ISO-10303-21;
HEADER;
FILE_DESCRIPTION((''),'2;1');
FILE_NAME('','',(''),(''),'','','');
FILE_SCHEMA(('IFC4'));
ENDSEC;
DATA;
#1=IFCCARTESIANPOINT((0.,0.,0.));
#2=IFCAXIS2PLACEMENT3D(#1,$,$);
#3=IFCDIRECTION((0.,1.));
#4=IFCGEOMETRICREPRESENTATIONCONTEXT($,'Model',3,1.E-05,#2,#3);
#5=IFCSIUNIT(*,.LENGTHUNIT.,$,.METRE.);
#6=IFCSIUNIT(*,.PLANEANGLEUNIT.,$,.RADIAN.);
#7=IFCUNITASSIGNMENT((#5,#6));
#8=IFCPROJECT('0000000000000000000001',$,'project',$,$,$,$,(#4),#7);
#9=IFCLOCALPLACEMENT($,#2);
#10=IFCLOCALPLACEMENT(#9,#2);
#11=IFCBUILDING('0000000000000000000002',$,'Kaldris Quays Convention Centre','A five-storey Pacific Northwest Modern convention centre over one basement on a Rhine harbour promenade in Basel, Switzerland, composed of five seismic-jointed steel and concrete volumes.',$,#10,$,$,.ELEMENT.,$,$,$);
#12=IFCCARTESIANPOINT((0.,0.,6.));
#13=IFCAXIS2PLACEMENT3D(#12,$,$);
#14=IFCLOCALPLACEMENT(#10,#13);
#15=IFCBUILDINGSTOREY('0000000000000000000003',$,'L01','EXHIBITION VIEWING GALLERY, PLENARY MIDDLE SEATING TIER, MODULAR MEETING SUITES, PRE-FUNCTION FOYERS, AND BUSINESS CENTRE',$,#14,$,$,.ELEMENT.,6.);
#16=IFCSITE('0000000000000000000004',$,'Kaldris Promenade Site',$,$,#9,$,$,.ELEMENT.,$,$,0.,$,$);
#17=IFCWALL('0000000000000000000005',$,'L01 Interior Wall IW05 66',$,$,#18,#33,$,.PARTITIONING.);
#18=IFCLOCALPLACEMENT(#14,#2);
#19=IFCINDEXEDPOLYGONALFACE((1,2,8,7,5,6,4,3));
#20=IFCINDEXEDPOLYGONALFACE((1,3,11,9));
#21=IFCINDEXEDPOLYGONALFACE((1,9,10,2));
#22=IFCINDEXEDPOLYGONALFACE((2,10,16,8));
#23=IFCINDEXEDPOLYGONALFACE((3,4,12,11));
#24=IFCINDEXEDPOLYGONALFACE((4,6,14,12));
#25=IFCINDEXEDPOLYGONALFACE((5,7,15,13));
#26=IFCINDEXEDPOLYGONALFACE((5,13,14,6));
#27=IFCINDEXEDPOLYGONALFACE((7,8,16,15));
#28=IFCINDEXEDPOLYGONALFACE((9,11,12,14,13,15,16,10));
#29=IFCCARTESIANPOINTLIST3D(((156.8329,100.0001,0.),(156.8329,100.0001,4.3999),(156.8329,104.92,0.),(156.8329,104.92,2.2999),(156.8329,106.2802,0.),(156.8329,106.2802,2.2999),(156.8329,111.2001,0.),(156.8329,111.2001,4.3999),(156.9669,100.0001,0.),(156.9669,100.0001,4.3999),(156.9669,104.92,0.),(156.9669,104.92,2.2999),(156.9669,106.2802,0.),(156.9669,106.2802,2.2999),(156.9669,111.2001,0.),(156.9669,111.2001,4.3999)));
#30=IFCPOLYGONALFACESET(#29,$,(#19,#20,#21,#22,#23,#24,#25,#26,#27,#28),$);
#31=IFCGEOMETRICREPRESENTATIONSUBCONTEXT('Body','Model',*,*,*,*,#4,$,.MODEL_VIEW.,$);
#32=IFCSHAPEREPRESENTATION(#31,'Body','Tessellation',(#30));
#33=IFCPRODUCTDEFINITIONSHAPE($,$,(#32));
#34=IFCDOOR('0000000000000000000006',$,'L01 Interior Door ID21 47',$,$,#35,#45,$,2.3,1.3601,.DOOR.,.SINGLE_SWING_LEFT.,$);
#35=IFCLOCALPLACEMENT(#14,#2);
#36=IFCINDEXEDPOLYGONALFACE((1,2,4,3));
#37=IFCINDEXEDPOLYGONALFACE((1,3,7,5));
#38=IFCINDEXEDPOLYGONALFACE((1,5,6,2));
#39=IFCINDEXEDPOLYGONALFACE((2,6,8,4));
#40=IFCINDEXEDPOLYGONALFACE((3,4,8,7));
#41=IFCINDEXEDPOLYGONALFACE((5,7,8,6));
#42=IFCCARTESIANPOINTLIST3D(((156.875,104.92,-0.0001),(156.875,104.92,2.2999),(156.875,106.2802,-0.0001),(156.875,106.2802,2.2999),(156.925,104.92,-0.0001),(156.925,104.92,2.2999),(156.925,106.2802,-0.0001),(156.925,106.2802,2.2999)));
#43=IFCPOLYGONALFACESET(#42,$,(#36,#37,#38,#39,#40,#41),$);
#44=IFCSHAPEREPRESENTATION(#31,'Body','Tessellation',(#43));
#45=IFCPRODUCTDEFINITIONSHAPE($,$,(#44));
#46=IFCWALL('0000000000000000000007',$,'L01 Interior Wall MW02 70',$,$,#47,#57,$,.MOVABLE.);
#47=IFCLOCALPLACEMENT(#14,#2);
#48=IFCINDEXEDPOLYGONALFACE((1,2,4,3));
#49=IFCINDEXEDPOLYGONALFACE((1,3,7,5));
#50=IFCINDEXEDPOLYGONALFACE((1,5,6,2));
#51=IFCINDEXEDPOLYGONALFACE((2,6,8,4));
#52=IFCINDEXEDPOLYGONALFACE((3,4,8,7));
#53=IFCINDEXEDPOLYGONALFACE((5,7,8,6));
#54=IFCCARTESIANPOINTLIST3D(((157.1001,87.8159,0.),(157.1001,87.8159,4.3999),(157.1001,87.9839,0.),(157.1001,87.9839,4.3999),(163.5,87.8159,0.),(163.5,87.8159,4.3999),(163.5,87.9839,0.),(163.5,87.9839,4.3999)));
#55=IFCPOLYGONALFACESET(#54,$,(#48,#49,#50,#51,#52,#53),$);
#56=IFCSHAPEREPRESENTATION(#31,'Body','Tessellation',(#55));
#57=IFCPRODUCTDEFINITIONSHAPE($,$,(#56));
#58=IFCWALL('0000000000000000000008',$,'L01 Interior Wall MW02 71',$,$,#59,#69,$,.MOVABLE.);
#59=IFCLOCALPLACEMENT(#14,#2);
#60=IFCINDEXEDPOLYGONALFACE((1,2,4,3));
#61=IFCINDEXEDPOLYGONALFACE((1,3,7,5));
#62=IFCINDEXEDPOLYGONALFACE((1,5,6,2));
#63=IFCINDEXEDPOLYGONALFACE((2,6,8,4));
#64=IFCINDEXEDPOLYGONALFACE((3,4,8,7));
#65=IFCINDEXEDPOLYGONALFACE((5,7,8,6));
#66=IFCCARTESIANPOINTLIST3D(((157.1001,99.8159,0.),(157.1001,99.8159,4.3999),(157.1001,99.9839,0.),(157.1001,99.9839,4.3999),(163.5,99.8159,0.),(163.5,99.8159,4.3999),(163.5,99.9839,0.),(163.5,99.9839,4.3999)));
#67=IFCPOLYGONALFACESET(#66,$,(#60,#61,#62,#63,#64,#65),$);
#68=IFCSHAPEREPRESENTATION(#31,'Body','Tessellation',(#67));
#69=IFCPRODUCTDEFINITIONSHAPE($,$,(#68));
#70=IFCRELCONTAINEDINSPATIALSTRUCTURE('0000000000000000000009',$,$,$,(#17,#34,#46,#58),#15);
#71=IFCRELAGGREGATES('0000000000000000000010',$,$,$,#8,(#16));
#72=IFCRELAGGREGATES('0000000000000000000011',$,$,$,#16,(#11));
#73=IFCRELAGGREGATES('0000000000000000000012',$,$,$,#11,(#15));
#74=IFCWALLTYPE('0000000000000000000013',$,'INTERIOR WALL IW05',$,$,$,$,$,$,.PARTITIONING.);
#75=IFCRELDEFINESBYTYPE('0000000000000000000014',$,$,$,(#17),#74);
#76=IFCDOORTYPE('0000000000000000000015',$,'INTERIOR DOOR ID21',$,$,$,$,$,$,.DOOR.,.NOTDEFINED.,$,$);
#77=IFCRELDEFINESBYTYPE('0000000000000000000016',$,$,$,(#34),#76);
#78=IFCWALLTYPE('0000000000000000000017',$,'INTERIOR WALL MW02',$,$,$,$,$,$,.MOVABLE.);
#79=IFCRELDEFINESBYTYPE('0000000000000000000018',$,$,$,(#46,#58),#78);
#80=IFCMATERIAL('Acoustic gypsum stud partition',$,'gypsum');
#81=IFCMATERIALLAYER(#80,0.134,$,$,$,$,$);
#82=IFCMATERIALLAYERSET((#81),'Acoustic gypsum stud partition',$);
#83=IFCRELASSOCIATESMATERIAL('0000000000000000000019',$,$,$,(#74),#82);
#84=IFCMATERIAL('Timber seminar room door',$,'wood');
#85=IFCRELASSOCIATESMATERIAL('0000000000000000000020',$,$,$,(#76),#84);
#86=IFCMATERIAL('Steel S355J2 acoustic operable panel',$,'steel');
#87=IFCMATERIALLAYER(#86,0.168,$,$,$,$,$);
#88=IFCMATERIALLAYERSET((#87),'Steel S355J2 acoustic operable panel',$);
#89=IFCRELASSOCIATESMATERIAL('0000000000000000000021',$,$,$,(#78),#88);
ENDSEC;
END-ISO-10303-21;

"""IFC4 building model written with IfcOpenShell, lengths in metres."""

from ifc_helpers import new_model, si_unit, direction, frame, frame_2d, origin, place, context, subcontext, project, spatial, rectangle, extrude, material, layer, layer_set, type_object, element, fill, save


model = new_model("IFC4")

# Units and contexts
model_context = context("Model", 3, precision=1e-05, world=origin(), true_north=direction((0.0, 1.0)))
body_context = subcontext(model_context, "Body", "Model", "MODEL_VIEW")
ifc_project = project(units=[si_unit("LENGTHUNIT", "METRE"), si_unit("PLANEANGLEUNIT", "RADIAN")], contexts=[model_context])

# Site, building, storey
site_placement = place(None, origin())
site = spatial("IfcSite", under=ifc_project, at=site_placement, Name="Kaldris Promenade Site", CompositionType="ELEMENT", RefElevation=0.0)
building_placement = place(site_placement, origin())
building = spatial("IfcBuilding", under=site, at=building_placement, Name="Kaldris Quays Convention Centre", Description="A five-storey Pacific Northwest Modern convention centre over one basement on a Rhine harbour promenade in Basel, Switzerland, composed of five seismic-jointed steel and concrete volumes.", CompositionType="ELEMENT")
storey_placement = place(building_placement, frame((0.0, 0.0, 6.0)))
storey = spatial("IfcBuildingStorey", under=building, at=storey_placement, Name="L01", Description="EXHIBITION VIEWING GALLERY, PLENARY MIDDLE SEATING TIER, MODULAR MEETING SUITES, PRE-FUNCTION FOYERS, AND BUSINESS CENTRE", CompositionType="ELEMENT", Elevation=6.0)

# Wall, opening, door
ifc_material_1 = material(Name="Acoustic gypsum stud partition", Category="gypsum")
ifc_layer_1 = layer(ifc_material_1, 0.134)
ifc_layer_set_1 = layer_set([ifc_layer_1], Name="Acoustic gypsum stud partition")
wall_type_1 = type_object("IfcWallType", Name="INTERIOR WALL IW05", PredefinedType="PARTITIONING", material=ifc_layer_set_1)
wall_1_placement = place(storey_placement, frame((156.8999, 100.0, 0.0), z_axis=(0.0, 0.0, 1.0), x_axis=(0.0, 1.0, 0.0)))
wall_1 = element("IfcWall", 1, at=wall_1_placement, inside=storey, type_object=wall_type_1, Name="L01 Interior Wall IW05 66", PredefinedType="PARTITIONING", context=body_context, shape_type="SweptSolid", body=[
    extrude(rectangle(XDim=11.2, YDim=0.134, at=frame_2d((5.6001, 0.0))), origin(), (0.0, 0.0, 1.0), 4.3999),
])
opening_1_placement = place(wall_1_placement, frame((4.9199, 0.0, 0.0)))
opening_1 = element("IfcOpeningElement", 2, at=opening_1_placement, cuts=wall_1, PredefinedType="OPENING", context=body_context, shape_type="SweptSolid", body=[
    extrude(rectangle(XDim=1.3601, YDim=2.3, at=frame_2d((0.6802, 1.1499))), frame((0.0, 0.0771, 0.0), z_axis=(0.0, -1.0, 0.0), x_axis=(1.0, 0.0, 0.0)), (0.0, 0.0, 1.0), 0.1541),
])
ifc_material_2 = material(Name="Timber seminar room door", Category="wood")
door_type_1 = type_object("IfcDoorType", Name="INTERIOR DOOR ID21", OperationType="NOTDEFINED", PredefinedType="DOOR", material=ifc_material_2)
door_1_placement = place(opening_1_placement, origin())
door_1 = element("IfcDoor", 3, at=door_1_placement, inside=storey, type_object=door_type_1, Name="L01 Interior Door ID21 47", OperationType="SINGLE_SWING_LEFT", OverallHeight=2.3, OverallWidth=1.3601, PredefinedType="DOOR", context=body_context, shape_type="SweptSolid", body=[
    extrude(rectangle(XDim=1.3601, YDim=2.3, at=frame_2d((0.6802, 1.1499))), frame((0.0, 0.0249, 0.0), z_axis=(0.0, -1.0, 0.0), x_axis=(1.0, 0.0, 0.0)), (0.0, 0.0, 1.0), 0.05),
])
fill(opening_1, door_1)

# Walls
ifc_material_3 = material(Name="Steel S355J2 acoustic operable panel", Category="steel")
ifc_layer_2 = layer(ifc_material_3, 0.168)
ifc_layer_set_2 = layer_set([ifc_layer_2], Name="Steel S355J2 acoustic operable panel")
wall_type_2 = type_object("IfcWallType", Name="INTERIOR WALL MW02", PredefinedType="MOVABLE", material=ifc_layer_set_2)
for number, where, z_axis, x_axis, name in (
    (4, (157.1001, 87.8999, 0.0), (0.0, 0.0, 1.0), (1.0, 0.0, 0.0), "L01 Interior Wall MW02 70"),
    (5, (157.1001, 99.8999, 0.0), (0.0, 0.0, 1.0), (1.0, 0.0, 0.0), "L01 Interior Wall MW02 71"),
):
    element("IfcWall", number, at=place(storey_placement, frame(where, z_axis=z_axis, x_axis=x_axis)), inside=storey, type_object=wall_type_2, Name=name, PredefinedType="MOVABLE", context=body_context, shape_type="SweptSolid", body=[
        extrude(rectangle(XDim=6.3999, YDim=0.168, at=frame_2d((3.2, 0.0))), origin(), (0.0, 0.0, 1.0), 4.3999),
    ])

save(model, "model.ifc")
